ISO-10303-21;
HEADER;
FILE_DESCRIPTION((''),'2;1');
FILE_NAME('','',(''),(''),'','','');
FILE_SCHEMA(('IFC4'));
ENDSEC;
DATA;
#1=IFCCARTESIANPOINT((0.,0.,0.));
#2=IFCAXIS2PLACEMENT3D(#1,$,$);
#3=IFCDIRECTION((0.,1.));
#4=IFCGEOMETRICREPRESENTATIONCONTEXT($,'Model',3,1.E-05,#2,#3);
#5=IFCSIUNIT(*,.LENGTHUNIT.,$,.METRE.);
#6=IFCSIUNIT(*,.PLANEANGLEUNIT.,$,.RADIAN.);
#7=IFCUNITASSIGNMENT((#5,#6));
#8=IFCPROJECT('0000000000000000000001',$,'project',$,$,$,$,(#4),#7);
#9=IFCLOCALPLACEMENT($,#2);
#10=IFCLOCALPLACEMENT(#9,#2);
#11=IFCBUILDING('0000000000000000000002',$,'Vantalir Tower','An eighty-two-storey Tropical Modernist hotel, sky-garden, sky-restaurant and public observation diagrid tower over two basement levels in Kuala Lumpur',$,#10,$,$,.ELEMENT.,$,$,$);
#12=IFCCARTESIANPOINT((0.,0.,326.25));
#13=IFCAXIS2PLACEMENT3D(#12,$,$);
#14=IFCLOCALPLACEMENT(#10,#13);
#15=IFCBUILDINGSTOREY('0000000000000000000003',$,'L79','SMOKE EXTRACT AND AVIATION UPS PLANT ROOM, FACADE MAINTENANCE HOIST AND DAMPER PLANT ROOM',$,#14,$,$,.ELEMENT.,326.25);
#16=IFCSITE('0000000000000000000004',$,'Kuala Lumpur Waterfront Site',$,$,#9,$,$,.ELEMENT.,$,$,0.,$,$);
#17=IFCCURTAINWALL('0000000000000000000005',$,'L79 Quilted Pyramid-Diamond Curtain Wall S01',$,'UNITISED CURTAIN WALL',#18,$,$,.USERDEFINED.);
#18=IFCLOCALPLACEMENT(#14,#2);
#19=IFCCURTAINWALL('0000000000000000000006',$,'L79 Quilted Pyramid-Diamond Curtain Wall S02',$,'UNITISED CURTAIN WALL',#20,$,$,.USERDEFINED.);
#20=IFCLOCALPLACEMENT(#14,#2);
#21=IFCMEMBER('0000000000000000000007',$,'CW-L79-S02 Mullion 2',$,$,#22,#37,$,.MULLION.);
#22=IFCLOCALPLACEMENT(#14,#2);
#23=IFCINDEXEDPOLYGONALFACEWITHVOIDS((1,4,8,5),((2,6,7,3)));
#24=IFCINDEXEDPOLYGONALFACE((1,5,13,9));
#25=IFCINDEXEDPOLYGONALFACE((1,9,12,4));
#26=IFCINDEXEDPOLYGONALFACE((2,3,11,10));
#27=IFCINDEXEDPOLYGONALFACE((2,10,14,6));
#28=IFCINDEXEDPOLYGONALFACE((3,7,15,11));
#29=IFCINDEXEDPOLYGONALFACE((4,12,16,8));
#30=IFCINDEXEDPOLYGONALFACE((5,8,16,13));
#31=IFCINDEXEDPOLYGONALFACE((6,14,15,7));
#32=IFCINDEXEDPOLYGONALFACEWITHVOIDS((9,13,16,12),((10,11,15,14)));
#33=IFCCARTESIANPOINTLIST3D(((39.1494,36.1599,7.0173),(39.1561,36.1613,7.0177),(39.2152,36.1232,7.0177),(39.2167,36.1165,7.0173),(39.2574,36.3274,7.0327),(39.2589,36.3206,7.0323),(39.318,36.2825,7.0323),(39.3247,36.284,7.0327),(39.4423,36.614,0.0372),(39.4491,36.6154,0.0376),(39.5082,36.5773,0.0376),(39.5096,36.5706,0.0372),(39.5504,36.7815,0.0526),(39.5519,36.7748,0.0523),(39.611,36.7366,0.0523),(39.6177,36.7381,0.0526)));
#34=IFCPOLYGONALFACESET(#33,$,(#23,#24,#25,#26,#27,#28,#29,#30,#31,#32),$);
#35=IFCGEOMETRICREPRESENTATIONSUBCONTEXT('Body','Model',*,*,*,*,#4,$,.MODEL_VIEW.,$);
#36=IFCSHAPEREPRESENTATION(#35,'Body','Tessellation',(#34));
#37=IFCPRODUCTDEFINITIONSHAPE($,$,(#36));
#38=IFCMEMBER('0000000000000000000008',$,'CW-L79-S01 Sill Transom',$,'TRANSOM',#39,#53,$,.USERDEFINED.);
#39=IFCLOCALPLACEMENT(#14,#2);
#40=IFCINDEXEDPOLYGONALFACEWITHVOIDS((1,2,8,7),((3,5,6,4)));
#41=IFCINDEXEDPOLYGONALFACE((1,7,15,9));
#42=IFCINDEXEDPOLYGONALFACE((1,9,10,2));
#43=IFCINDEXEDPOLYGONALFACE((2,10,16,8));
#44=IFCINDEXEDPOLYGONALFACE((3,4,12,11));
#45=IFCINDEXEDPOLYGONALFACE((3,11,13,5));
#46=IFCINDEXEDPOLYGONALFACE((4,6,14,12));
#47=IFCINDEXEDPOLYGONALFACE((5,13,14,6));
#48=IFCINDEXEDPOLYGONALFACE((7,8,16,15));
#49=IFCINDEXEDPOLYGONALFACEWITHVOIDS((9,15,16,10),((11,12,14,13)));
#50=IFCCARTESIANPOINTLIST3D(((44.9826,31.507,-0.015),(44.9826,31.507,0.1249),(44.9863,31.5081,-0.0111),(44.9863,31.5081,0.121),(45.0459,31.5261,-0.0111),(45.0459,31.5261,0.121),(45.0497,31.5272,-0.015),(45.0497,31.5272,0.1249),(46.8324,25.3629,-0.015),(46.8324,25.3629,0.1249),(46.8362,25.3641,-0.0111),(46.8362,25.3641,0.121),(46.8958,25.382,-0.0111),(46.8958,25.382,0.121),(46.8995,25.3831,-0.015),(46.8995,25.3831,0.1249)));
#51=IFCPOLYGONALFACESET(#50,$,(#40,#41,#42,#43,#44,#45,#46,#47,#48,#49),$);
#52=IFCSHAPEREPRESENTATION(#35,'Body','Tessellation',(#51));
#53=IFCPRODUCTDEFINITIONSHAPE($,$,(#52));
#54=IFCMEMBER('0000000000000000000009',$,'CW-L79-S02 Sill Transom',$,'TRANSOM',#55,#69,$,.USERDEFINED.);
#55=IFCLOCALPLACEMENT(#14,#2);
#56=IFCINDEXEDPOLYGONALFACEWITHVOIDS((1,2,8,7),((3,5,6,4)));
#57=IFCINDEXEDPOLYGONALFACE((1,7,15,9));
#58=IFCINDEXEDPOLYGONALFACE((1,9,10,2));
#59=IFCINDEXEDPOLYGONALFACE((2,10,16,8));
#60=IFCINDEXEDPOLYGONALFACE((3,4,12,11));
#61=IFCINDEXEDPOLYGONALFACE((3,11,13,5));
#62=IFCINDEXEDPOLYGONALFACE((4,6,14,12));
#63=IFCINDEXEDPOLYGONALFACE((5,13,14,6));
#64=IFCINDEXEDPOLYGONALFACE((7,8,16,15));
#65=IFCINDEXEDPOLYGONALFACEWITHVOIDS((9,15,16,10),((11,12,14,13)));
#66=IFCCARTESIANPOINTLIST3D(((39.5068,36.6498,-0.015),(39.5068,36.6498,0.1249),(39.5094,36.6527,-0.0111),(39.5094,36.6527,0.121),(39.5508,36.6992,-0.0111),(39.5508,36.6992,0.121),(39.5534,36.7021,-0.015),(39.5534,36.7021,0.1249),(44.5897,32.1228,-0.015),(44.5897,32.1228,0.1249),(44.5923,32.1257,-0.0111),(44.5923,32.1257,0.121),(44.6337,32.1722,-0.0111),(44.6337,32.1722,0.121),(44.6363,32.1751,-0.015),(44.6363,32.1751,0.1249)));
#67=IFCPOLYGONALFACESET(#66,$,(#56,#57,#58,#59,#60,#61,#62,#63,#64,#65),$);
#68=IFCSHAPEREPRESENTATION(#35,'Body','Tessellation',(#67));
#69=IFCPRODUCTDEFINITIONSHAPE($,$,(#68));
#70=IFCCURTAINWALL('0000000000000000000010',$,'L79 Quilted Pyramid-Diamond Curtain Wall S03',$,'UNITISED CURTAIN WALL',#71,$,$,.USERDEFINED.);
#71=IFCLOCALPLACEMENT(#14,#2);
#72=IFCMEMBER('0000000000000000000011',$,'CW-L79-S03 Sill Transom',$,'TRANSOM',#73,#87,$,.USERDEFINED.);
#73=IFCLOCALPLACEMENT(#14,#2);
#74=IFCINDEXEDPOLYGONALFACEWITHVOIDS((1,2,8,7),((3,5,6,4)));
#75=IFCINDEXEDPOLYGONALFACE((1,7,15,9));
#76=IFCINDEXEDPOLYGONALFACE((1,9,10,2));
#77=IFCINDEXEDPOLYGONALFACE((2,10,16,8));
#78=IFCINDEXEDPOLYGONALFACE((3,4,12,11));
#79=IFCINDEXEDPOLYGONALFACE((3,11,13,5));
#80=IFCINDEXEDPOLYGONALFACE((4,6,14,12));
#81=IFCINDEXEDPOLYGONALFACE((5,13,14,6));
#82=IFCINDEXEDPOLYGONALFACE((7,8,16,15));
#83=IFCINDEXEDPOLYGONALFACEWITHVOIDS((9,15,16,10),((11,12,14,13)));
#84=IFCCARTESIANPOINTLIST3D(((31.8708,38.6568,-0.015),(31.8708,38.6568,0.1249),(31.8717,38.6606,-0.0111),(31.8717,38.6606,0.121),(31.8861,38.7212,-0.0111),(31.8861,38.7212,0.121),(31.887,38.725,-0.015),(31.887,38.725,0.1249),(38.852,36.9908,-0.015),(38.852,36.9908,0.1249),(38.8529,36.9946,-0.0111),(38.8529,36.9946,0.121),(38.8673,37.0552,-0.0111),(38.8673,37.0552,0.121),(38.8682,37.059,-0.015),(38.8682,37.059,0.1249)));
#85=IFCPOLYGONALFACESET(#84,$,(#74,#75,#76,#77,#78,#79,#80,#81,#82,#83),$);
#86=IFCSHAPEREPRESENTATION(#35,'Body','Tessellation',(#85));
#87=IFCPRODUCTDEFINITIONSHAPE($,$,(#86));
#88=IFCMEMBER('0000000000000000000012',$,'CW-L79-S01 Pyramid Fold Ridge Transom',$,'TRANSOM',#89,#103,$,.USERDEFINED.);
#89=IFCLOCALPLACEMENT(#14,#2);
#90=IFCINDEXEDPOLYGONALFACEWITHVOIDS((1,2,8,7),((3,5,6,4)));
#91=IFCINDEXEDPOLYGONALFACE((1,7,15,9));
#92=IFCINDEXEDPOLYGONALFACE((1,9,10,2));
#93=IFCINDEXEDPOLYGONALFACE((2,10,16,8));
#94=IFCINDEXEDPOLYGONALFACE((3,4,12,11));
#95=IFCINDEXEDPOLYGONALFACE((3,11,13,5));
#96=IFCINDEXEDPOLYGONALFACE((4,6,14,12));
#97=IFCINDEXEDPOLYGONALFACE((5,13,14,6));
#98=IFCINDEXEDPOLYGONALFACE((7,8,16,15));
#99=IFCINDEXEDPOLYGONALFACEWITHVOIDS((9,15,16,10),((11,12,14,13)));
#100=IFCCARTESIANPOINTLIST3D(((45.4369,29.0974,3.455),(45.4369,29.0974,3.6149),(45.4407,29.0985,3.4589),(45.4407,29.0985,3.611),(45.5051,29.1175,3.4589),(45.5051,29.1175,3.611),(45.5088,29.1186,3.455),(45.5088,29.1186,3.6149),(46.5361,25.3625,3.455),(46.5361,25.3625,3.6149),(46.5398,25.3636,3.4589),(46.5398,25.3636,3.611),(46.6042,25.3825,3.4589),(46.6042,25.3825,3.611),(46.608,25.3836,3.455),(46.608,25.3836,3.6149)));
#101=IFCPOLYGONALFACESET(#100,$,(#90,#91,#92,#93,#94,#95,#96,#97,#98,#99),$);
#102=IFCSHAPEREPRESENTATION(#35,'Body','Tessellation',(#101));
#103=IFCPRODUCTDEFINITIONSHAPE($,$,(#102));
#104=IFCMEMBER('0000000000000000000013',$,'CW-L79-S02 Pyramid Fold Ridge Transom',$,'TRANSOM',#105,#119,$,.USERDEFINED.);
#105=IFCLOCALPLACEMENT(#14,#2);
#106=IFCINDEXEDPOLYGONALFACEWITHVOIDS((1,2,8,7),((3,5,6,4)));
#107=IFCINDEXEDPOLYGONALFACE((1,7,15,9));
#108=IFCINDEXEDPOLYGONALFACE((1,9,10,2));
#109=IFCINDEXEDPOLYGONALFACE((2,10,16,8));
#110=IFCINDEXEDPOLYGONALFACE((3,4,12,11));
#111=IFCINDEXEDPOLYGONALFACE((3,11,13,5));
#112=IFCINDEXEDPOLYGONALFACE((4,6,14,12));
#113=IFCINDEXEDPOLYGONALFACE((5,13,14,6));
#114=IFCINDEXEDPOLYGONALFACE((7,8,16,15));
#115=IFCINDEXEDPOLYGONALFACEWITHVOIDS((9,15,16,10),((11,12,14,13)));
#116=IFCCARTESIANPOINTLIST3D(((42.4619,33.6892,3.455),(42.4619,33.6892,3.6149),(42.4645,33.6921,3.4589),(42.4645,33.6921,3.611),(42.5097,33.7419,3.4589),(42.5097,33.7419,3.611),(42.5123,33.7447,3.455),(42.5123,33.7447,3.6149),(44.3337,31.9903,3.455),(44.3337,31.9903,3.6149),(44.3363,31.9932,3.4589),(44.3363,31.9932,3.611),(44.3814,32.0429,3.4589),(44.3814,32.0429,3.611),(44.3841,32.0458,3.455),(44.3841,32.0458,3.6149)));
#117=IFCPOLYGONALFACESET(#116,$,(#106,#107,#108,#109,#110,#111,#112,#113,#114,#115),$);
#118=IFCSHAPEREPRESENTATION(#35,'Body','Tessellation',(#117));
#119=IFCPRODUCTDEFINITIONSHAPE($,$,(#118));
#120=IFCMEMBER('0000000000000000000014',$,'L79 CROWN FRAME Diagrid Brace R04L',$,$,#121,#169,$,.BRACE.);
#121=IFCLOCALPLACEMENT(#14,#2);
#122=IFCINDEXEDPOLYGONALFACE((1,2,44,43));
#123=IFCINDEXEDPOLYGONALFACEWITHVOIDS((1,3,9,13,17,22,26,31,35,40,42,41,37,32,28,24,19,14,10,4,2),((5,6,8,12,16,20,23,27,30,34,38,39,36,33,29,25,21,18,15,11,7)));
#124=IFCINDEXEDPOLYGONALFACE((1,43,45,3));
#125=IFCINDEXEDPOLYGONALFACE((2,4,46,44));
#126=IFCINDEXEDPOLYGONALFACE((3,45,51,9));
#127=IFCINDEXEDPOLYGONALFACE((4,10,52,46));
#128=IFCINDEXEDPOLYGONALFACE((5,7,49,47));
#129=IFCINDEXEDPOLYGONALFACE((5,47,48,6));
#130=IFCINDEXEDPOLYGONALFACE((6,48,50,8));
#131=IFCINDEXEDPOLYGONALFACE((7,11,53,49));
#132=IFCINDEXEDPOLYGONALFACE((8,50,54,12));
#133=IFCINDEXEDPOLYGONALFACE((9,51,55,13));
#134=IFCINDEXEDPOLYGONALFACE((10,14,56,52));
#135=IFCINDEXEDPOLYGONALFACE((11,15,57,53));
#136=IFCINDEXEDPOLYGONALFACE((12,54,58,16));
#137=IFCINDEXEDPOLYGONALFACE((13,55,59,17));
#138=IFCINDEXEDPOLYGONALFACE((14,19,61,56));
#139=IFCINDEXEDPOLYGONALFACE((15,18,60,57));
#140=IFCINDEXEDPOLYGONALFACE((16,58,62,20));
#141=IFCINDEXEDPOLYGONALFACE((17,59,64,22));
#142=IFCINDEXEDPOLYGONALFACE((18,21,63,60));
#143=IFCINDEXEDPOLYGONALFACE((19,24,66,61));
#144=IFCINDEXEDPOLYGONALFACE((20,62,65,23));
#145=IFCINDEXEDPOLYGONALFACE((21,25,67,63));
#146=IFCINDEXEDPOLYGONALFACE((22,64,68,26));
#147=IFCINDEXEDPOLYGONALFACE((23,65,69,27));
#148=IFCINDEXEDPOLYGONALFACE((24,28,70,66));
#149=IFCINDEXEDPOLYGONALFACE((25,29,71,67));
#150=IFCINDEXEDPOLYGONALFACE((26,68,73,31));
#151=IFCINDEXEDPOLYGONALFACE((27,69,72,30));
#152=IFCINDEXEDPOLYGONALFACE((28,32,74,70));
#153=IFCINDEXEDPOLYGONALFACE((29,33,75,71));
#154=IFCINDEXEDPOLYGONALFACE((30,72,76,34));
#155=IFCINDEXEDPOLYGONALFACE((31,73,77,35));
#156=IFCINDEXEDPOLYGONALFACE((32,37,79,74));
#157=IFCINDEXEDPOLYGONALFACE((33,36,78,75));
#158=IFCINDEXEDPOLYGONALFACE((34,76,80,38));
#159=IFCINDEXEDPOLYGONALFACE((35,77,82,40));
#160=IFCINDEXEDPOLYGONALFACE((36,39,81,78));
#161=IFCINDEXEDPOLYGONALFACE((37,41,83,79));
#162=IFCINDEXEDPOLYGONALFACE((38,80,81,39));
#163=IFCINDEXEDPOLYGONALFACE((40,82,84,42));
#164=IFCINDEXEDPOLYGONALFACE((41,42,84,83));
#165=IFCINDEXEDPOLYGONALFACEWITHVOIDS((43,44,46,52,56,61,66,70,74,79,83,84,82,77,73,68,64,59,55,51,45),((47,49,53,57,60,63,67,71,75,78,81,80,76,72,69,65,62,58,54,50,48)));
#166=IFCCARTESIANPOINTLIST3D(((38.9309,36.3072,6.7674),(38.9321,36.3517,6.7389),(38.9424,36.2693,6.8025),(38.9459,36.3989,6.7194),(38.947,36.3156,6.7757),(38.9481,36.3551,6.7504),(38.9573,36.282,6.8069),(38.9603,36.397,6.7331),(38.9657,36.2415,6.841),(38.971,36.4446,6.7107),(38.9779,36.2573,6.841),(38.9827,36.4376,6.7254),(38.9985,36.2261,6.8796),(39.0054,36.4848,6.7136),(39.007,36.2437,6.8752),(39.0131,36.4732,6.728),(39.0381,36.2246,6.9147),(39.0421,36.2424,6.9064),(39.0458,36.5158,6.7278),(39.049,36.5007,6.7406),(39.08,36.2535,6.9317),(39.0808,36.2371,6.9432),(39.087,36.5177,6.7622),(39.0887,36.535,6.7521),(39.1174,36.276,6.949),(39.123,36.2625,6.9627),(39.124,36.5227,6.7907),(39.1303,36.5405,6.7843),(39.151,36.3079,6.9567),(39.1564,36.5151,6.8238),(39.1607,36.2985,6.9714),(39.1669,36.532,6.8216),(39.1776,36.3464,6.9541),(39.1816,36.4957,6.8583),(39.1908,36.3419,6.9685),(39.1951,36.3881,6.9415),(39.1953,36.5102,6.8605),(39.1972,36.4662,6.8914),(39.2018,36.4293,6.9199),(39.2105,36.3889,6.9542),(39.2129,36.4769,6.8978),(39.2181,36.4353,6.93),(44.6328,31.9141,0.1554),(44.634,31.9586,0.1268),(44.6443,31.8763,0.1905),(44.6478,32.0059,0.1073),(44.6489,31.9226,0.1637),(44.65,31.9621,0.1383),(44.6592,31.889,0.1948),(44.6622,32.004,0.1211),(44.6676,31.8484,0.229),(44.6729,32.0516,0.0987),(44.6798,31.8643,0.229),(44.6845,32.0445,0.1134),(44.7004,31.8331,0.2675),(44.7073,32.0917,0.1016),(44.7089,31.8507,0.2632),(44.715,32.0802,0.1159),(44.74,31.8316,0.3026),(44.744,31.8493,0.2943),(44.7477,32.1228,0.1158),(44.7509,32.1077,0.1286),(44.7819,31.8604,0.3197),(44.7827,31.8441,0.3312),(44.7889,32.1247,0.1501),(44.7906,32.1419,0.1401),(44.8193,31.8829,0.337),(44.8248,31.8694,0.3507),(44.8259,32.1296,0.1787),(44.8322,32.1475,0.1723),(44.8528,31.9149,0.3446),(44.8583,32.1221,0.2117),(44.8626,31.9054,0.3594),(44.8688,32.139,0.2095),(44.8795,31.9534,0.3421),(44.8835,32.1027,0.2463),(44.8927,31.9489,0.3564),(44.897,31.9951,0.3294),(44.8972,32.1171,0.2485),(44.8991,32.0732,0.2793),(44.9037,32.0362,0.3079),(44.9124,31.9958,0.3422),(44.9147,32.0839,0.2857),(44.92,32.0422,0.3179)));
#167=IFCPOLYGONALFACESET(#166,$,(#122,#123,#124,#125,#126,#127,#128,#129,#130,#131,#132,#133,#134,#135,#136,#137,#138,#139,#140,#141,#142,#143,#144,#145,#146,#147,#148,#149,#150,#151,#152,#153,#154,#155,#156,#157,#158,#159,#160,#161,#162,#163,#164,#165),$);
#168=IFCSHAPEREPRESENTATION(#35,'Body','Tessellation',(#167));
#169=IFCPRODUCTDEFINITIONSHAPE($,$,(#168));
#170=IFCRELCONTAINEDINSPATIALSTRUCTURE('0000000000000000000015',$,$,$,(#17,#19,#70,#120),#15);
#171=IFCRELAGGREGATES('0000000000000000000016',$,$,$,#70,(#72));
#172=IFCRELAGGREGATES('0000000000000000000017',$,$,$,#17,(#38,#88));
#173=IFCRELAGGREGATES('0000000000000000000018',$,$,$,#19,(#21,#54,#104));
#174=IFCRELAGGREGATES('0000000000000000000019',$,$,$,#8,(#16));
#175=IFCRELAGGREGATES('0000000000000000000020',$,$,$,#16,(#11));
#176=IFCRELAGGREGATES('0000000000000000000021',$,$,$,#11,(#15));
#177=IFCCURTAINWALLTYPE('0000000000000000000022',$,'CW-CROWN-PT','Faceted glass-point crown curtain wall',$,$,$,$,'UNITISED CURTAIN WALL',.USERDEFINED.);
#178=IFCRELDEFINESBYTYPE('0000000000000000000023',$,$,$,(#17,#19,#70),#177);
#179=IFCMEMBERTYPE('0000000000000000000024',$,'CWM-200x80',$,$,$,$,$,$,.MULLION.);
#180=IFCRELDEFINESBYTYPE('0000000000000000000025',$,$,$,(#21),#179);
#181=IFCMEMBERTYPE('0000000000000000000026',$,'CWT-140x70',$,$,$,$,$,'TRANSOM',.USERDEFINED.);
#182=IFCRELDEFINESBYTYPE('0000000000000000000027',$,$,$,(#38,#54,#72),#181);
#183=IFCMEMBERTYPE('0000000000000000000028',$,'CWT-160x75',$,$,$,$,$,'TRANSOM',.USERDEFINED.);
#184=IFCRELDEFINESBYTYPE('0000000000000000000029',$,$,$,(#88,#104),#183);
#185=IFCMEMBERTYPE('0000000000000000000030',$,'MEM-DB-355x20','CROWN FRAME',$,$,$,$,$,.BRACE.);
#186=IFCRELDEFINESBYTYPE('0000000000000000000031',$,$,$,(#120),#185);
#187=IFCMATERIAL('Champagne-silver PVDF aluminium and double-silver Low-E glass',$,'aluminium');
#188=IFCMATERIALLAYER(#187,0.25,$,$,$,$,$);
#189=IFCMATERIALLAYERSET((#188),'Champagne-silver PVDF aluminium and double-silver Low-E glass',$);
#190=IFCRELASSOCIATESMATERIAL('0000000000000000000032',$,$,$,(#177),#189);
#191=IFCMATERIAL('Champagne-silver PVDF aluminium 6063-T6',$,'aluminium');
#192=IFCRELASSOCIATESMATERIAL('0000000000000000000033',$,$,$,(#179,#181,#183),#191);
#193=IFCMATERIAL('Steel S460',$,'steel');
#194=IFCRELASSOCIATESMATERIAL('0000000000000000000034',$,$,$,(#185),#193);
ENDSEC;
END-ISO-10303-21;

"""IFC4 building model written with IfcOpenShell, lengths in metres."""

from ifc_helpers import new_model, si_unit, direction, frame, origin, origin_2d, place, context, subcontext, project, spatial, hollow_rectangle, hollow_circle, extrude, material, layer, layer_set, material_profile, profile_set, type_object, element, aggregate, save


model = new_model("IFC4")

# Units and contexts
model_context = context("Model", 3, precision=1e-05, world=origin(), true_north=direction((0.0, 1.0)))
body_context = subcontext(model_context, "Body", "Model", "MODEL_VIEW")
ifc_project = project(units=[si_unit("LENGTHUNIT", "METRE"), si_unit("PLANEANGLEUNIT", "RADIAN")], contexts=[model_context])

# Site, building, storey
site_placement = place(None, origin())
site = spatial("IfcSite", under=ifc_project, at=site_placement, Name="Kuala Lumpur Waterfront Site", CompositionType="ELEMENT", RefElevation=0.0)
building_placement = place(site_placement, origin())
building = spatial("IfcBuilding", under=site, at=building_placement, Name="Vantalir Tower", Description="An eighty-two-storey Tropical Modernist hotel, sky-garden, sky-restaurant and public observation diagrid tower over two basement levels in Kuala Lumpur", CompositionType="ELEMENT")
storey_placement = place(building_placement, frame((0.0, 0.0, 326.25)))
storey = spatial("IfcBuildingStorey", under=building, at=storey_placement, Name="L79", Description="SMOKE EXTRACT AND AVIATION UPS PLANT ROOM, FACADE MAINTENANCE HOIST AND DAMPER PLANT ROOM", CompositionType="ELEMENT", Elevation=326.25)

# Shared definitions
ifc_material_1 = material(Name="Steel S460", Category="steel")

# Curtain walls, member
ifc_material_2 = material(Name="Champagne-silver PVDF aluminium and double-silver Low-E glass", Category="aluminium")
ifc_layer_1 = layer(ifc_material_2, 0.25)
ifc_layer_set_1 = layer_set([ifc_layer_1], Name="Champagne-silver PVDF aluminium and double-silver Low-E glass")
curtain_wall_type = type_object("IfcCurtainWallType", Name="CW-CROWN-PT", Description="Faceted glass-point crown curtain wall", ElementType="UNITISED CURTAIN WALL", PredefinedType="USERDEFINED", material=ifc_layer_set_1)
curtain_wall_1_placement = place(storey_placement, origin())
curtain_wall_1 = element("IfcCurtainWall", 1, at=curtain_wall_1_placement, inside=storey, type_object=curtain_wall_type, Name="L79 Quilted Pyramid-Diamond Curtain Wall S01", ObjectType="UNITISED CURTAIN WALL", PredefinedType="USERDEFINED")
ifc_material_3 = material(Name="Champagne-silver PVDF aluminium 6063-T6", Category="aluminium")
ifc_material_profile_1 = material_profile(ifc_material_3, hollow_rectangle(XDim=0.0801, YDim=0.2, WallThickness=0.0049, at=origin_2d()), Name="Champagne-silver PVDF aluminium 6063-T6")
ifc_profile_set_1 = profile_set([ifc_material_profile_1], Name="Champagne-silver PVDF aluminium 6063-T6")
member_type_1 = type_object("IfcMemberType", Name="CWM-200x80", PredefinedType="MULLION", material=ifc_profile_set_1)
curtain_wall_2_placement = place(storey_placement, origin())
curtain_wall_2 = element("IfcCurtainWall", 2, at=curtain_wall_2_placement, inside=storey, type_object=curtain_wall_type, Name="L79 Quilted Pyramid-Diamond Curtain Wall S02", ObjectType="UNITISED CURTAIN WALL", PredefinedType="USERDEFINED")
member_1_placement = place(storey_placement, frame((39.53, 36.676, 0.0449), z_axis=(-0.041847, -0.064864, 0.997016), x_axis=(0.840297, -0.542127, 0.0)))
member_1 = element("IfcMember", 3, at=member_1_placement, type_object=member_type_1, Name="CW-L79-S02 Mullion 2", PredefinedType="MULLION", context=body_context, shape_type="SweptSolid", body=[
    extrude(hollow_rectangle(XDim=0.0801, YDim=0.2, WallThickness=0.0049, at=origin_2d()), origin(), (0.0, 0.0, 1.0), 7.001),
])

# Members
ifc_material_profile_2 = material_profile(ifc_material_3, hollow_rectangle(XDim=0.0701, YDim=0.1399, WallThickness=0.0039, at=origin_2d()), Name="Champagne-silver PVDF aluminium 6063-T6")
ifc_profile_set_2 = profile_set([ifc_material_profile_2], Name="Champagne-silver PVDF aluminium 6063-T6")
member_type_2 = type_object("IfcMemberType", Name="CWT-140x70", ElementType="TRANSOM", PredefinedType="USERDEFINED", material=ifc_profile_set_2)
member_2_placement = place(storey_placement, frame((46.866, 25.373, 0.0549), z_axis=(-0.288297, 0.957541, 0.0), x_axis=(-0.957541, -0.288297, 0.0)))
member_2 = element("IfcMember", 4, at=member_2_placement, type_object=member_type_2, Name="CW-L79-S01 Sill Transom", ObjectType="TRANSOM", PredefinedType="USERDEFINED", context=body_context, shape_type="SweptSolid", body=[
    extrude(hollow_rectangle(XDim=0.0701, YDim=0.1399, WallThickness=0.0039, at=origin_2d()), origin(), (0.0, 0.0, 1.0), 6.4165),
])
member_3_placement = place(storey_placement, frame((44.613, 32.1489, 0.0549), z_axis=(-0.746762, 0.665092, 0.0), x_axis=(-0.665092, -0.746762, 0.0)))
member_3 = element("IfcMember", 5, at=member_3_placement, type_object=member_type_2, Name="CW-L79-S02 Sill Transom", ObjectType="TRANSOM", PredefinedType="USERDEFINED", context=body_context, shape_type="SweptSolid", body=[
    extrude(hollow_rectangle(XDim=0.0701, YDim=0.1399, WallThickness=0.0039, at=origin_2d()), origin(), (0.0, 0.0, 1.0), 6.8066),
])

# Curtain wall, member
curtain_wall_3_placement = place(storey_placement, origin())
curtain_wall_3 = element("IfcCurtainWall", 6, at=curtain_wall_3_placement, inside=storey, type_object=curtain_wall_type, Name="L79 Quilted Pyramid-Diamond Curtain Wall S03", ObjectType="UNITISED CURTAIN WALL", PredefinedType="USERDEFINED")
member_4_placement = place(storey_placement, frame((38.8601, 37.0249, 0.0549), z_axis=(-0.972686, 0.232125, 0.0), x_axis=(-0.232125, -0.972686, 0.0)))
member_4 = element("IfcMember", 7, at=member_4_placement, type_object=member_type_2, Name="CW-L79-S03 Sill Transom", ObjectType="TRANSOM", PredefinedType="USERDEFINED", context=body_context, shape_type="SweptSolid", body=[
    extrude(hollow_rectangle(XDim=0.0701, YDim=0.1399, WallThickness=0.0039, at=origin_2d()), origin(), (0.0, 0.0, 1.0), 7.1772),
])
aggregate(curtain_wall_3, [member_4])

# Members
ifc_material_profile_3 = material_profile(ifc_material_3, hollow_rectangle(XDim=0.075, YDim=0.1599, WallThickness=0.0039, at=origin_2d()), Name="Champagne-silver PVDF aluminium 6063-T6")
ifc_profile_set_3 = profile_set([ifc_material_profile_3], Name="Champagne-silver PVDF aluminium 6063-T6")
member_type_3 = type_object("IfcMemberType", Name="CWT-160x75", ElementType="TRANSOM", PredefinedType="USERDEFINED", material=ifc_profile_set_3)
member_5_placement = place(storey_placement, frame((46.572, 25.373, 3.5349), z_axis=(-0.282316, 0.959322, 0.0), x_axis=(-0.959322, -0.282316, 0.0)))
member_5 = element("IfcMember", 8, at=member_5_placement, type_object=member_type_3, Name="CW-L79-S01 Pyramid Fold Ridge Transom", ObjectType="TRANSOM", PredefinedType="USERDEFINED", context=body_context, shape_type="SweptSolid", body=[
    extrude(hollow_rectangle(XDim=0.075, YDim=0.1599, WallThickness=0.0039, at=origin_2d()), origin(), (0.0, 0.0, 1.0), 3.8933),
])
member_6_placement = place(storey_placement, frame((44.3589, 32.0181, 3.5349), z_axis=(-0.740469, 0.672091, 0.0), x_axis=(-0.672091, -0.740469, 0.0)))
member_6 = element("IfcMember", 9, at=member_6_placement, type_object=member_type_3, Name="CW-L79-S02 Pyramid Fold Ridge Transom", ObjectType="TRANSOM", PredefinedType="USERDEFINED", context=body_context, shape_type="SweptSolid", body=[
    extrude(hollow_rectangle(XDim=0.075, YDim=0.1599, WallThickness=0.0039, at=origin_2d()), origin(), (0.0, 0.0, 1.0), 2.5278),
])

# Member
ifc_material_profile_4 = material_profile(ifc_material_1, hollow_circle(Radius=0.1775, WallThickness=0.02, at=origin_2d()), Name="Steel S460")
ifc_profile_set_4 = profile_set([ifc_material_profile_4], Name="Steel S460")
member_type_4 = type_object("IfcMemberType", Name="MEM-DB-355x20", Description="CROWN FRAME", PredefinedType="BRACE", material=ifc_profile_set_4)
member_7_placement = place(storey_placement, frame((44.7759, 31.989, 0.229), z_axis=(-0.583378, 0.449467, 0.676498), x_axis=(-0.61032, -0.792155, 0.0)))
element("IfcMember", 10, at=member_7_placement, inside=storey, type_object=member_type_4, Name="L79 CROWN FRAME Diagrid Brace R04L", PredefinedType="BRACE", context=body_context, shape_type="SweptSolid", body=[
    extrude(hollow_circle(Radius=0.1775, WallThickness=0.02, at=origin_2d()), origin(), (0.0, 0.0, 1.0), 9.7739),
])

aggregate(curtain_wall_1, [member_2, member_5])
aggregate(curtain_wall_2, [member_1, member_3, member_6])

save(model, "model.ifc")
